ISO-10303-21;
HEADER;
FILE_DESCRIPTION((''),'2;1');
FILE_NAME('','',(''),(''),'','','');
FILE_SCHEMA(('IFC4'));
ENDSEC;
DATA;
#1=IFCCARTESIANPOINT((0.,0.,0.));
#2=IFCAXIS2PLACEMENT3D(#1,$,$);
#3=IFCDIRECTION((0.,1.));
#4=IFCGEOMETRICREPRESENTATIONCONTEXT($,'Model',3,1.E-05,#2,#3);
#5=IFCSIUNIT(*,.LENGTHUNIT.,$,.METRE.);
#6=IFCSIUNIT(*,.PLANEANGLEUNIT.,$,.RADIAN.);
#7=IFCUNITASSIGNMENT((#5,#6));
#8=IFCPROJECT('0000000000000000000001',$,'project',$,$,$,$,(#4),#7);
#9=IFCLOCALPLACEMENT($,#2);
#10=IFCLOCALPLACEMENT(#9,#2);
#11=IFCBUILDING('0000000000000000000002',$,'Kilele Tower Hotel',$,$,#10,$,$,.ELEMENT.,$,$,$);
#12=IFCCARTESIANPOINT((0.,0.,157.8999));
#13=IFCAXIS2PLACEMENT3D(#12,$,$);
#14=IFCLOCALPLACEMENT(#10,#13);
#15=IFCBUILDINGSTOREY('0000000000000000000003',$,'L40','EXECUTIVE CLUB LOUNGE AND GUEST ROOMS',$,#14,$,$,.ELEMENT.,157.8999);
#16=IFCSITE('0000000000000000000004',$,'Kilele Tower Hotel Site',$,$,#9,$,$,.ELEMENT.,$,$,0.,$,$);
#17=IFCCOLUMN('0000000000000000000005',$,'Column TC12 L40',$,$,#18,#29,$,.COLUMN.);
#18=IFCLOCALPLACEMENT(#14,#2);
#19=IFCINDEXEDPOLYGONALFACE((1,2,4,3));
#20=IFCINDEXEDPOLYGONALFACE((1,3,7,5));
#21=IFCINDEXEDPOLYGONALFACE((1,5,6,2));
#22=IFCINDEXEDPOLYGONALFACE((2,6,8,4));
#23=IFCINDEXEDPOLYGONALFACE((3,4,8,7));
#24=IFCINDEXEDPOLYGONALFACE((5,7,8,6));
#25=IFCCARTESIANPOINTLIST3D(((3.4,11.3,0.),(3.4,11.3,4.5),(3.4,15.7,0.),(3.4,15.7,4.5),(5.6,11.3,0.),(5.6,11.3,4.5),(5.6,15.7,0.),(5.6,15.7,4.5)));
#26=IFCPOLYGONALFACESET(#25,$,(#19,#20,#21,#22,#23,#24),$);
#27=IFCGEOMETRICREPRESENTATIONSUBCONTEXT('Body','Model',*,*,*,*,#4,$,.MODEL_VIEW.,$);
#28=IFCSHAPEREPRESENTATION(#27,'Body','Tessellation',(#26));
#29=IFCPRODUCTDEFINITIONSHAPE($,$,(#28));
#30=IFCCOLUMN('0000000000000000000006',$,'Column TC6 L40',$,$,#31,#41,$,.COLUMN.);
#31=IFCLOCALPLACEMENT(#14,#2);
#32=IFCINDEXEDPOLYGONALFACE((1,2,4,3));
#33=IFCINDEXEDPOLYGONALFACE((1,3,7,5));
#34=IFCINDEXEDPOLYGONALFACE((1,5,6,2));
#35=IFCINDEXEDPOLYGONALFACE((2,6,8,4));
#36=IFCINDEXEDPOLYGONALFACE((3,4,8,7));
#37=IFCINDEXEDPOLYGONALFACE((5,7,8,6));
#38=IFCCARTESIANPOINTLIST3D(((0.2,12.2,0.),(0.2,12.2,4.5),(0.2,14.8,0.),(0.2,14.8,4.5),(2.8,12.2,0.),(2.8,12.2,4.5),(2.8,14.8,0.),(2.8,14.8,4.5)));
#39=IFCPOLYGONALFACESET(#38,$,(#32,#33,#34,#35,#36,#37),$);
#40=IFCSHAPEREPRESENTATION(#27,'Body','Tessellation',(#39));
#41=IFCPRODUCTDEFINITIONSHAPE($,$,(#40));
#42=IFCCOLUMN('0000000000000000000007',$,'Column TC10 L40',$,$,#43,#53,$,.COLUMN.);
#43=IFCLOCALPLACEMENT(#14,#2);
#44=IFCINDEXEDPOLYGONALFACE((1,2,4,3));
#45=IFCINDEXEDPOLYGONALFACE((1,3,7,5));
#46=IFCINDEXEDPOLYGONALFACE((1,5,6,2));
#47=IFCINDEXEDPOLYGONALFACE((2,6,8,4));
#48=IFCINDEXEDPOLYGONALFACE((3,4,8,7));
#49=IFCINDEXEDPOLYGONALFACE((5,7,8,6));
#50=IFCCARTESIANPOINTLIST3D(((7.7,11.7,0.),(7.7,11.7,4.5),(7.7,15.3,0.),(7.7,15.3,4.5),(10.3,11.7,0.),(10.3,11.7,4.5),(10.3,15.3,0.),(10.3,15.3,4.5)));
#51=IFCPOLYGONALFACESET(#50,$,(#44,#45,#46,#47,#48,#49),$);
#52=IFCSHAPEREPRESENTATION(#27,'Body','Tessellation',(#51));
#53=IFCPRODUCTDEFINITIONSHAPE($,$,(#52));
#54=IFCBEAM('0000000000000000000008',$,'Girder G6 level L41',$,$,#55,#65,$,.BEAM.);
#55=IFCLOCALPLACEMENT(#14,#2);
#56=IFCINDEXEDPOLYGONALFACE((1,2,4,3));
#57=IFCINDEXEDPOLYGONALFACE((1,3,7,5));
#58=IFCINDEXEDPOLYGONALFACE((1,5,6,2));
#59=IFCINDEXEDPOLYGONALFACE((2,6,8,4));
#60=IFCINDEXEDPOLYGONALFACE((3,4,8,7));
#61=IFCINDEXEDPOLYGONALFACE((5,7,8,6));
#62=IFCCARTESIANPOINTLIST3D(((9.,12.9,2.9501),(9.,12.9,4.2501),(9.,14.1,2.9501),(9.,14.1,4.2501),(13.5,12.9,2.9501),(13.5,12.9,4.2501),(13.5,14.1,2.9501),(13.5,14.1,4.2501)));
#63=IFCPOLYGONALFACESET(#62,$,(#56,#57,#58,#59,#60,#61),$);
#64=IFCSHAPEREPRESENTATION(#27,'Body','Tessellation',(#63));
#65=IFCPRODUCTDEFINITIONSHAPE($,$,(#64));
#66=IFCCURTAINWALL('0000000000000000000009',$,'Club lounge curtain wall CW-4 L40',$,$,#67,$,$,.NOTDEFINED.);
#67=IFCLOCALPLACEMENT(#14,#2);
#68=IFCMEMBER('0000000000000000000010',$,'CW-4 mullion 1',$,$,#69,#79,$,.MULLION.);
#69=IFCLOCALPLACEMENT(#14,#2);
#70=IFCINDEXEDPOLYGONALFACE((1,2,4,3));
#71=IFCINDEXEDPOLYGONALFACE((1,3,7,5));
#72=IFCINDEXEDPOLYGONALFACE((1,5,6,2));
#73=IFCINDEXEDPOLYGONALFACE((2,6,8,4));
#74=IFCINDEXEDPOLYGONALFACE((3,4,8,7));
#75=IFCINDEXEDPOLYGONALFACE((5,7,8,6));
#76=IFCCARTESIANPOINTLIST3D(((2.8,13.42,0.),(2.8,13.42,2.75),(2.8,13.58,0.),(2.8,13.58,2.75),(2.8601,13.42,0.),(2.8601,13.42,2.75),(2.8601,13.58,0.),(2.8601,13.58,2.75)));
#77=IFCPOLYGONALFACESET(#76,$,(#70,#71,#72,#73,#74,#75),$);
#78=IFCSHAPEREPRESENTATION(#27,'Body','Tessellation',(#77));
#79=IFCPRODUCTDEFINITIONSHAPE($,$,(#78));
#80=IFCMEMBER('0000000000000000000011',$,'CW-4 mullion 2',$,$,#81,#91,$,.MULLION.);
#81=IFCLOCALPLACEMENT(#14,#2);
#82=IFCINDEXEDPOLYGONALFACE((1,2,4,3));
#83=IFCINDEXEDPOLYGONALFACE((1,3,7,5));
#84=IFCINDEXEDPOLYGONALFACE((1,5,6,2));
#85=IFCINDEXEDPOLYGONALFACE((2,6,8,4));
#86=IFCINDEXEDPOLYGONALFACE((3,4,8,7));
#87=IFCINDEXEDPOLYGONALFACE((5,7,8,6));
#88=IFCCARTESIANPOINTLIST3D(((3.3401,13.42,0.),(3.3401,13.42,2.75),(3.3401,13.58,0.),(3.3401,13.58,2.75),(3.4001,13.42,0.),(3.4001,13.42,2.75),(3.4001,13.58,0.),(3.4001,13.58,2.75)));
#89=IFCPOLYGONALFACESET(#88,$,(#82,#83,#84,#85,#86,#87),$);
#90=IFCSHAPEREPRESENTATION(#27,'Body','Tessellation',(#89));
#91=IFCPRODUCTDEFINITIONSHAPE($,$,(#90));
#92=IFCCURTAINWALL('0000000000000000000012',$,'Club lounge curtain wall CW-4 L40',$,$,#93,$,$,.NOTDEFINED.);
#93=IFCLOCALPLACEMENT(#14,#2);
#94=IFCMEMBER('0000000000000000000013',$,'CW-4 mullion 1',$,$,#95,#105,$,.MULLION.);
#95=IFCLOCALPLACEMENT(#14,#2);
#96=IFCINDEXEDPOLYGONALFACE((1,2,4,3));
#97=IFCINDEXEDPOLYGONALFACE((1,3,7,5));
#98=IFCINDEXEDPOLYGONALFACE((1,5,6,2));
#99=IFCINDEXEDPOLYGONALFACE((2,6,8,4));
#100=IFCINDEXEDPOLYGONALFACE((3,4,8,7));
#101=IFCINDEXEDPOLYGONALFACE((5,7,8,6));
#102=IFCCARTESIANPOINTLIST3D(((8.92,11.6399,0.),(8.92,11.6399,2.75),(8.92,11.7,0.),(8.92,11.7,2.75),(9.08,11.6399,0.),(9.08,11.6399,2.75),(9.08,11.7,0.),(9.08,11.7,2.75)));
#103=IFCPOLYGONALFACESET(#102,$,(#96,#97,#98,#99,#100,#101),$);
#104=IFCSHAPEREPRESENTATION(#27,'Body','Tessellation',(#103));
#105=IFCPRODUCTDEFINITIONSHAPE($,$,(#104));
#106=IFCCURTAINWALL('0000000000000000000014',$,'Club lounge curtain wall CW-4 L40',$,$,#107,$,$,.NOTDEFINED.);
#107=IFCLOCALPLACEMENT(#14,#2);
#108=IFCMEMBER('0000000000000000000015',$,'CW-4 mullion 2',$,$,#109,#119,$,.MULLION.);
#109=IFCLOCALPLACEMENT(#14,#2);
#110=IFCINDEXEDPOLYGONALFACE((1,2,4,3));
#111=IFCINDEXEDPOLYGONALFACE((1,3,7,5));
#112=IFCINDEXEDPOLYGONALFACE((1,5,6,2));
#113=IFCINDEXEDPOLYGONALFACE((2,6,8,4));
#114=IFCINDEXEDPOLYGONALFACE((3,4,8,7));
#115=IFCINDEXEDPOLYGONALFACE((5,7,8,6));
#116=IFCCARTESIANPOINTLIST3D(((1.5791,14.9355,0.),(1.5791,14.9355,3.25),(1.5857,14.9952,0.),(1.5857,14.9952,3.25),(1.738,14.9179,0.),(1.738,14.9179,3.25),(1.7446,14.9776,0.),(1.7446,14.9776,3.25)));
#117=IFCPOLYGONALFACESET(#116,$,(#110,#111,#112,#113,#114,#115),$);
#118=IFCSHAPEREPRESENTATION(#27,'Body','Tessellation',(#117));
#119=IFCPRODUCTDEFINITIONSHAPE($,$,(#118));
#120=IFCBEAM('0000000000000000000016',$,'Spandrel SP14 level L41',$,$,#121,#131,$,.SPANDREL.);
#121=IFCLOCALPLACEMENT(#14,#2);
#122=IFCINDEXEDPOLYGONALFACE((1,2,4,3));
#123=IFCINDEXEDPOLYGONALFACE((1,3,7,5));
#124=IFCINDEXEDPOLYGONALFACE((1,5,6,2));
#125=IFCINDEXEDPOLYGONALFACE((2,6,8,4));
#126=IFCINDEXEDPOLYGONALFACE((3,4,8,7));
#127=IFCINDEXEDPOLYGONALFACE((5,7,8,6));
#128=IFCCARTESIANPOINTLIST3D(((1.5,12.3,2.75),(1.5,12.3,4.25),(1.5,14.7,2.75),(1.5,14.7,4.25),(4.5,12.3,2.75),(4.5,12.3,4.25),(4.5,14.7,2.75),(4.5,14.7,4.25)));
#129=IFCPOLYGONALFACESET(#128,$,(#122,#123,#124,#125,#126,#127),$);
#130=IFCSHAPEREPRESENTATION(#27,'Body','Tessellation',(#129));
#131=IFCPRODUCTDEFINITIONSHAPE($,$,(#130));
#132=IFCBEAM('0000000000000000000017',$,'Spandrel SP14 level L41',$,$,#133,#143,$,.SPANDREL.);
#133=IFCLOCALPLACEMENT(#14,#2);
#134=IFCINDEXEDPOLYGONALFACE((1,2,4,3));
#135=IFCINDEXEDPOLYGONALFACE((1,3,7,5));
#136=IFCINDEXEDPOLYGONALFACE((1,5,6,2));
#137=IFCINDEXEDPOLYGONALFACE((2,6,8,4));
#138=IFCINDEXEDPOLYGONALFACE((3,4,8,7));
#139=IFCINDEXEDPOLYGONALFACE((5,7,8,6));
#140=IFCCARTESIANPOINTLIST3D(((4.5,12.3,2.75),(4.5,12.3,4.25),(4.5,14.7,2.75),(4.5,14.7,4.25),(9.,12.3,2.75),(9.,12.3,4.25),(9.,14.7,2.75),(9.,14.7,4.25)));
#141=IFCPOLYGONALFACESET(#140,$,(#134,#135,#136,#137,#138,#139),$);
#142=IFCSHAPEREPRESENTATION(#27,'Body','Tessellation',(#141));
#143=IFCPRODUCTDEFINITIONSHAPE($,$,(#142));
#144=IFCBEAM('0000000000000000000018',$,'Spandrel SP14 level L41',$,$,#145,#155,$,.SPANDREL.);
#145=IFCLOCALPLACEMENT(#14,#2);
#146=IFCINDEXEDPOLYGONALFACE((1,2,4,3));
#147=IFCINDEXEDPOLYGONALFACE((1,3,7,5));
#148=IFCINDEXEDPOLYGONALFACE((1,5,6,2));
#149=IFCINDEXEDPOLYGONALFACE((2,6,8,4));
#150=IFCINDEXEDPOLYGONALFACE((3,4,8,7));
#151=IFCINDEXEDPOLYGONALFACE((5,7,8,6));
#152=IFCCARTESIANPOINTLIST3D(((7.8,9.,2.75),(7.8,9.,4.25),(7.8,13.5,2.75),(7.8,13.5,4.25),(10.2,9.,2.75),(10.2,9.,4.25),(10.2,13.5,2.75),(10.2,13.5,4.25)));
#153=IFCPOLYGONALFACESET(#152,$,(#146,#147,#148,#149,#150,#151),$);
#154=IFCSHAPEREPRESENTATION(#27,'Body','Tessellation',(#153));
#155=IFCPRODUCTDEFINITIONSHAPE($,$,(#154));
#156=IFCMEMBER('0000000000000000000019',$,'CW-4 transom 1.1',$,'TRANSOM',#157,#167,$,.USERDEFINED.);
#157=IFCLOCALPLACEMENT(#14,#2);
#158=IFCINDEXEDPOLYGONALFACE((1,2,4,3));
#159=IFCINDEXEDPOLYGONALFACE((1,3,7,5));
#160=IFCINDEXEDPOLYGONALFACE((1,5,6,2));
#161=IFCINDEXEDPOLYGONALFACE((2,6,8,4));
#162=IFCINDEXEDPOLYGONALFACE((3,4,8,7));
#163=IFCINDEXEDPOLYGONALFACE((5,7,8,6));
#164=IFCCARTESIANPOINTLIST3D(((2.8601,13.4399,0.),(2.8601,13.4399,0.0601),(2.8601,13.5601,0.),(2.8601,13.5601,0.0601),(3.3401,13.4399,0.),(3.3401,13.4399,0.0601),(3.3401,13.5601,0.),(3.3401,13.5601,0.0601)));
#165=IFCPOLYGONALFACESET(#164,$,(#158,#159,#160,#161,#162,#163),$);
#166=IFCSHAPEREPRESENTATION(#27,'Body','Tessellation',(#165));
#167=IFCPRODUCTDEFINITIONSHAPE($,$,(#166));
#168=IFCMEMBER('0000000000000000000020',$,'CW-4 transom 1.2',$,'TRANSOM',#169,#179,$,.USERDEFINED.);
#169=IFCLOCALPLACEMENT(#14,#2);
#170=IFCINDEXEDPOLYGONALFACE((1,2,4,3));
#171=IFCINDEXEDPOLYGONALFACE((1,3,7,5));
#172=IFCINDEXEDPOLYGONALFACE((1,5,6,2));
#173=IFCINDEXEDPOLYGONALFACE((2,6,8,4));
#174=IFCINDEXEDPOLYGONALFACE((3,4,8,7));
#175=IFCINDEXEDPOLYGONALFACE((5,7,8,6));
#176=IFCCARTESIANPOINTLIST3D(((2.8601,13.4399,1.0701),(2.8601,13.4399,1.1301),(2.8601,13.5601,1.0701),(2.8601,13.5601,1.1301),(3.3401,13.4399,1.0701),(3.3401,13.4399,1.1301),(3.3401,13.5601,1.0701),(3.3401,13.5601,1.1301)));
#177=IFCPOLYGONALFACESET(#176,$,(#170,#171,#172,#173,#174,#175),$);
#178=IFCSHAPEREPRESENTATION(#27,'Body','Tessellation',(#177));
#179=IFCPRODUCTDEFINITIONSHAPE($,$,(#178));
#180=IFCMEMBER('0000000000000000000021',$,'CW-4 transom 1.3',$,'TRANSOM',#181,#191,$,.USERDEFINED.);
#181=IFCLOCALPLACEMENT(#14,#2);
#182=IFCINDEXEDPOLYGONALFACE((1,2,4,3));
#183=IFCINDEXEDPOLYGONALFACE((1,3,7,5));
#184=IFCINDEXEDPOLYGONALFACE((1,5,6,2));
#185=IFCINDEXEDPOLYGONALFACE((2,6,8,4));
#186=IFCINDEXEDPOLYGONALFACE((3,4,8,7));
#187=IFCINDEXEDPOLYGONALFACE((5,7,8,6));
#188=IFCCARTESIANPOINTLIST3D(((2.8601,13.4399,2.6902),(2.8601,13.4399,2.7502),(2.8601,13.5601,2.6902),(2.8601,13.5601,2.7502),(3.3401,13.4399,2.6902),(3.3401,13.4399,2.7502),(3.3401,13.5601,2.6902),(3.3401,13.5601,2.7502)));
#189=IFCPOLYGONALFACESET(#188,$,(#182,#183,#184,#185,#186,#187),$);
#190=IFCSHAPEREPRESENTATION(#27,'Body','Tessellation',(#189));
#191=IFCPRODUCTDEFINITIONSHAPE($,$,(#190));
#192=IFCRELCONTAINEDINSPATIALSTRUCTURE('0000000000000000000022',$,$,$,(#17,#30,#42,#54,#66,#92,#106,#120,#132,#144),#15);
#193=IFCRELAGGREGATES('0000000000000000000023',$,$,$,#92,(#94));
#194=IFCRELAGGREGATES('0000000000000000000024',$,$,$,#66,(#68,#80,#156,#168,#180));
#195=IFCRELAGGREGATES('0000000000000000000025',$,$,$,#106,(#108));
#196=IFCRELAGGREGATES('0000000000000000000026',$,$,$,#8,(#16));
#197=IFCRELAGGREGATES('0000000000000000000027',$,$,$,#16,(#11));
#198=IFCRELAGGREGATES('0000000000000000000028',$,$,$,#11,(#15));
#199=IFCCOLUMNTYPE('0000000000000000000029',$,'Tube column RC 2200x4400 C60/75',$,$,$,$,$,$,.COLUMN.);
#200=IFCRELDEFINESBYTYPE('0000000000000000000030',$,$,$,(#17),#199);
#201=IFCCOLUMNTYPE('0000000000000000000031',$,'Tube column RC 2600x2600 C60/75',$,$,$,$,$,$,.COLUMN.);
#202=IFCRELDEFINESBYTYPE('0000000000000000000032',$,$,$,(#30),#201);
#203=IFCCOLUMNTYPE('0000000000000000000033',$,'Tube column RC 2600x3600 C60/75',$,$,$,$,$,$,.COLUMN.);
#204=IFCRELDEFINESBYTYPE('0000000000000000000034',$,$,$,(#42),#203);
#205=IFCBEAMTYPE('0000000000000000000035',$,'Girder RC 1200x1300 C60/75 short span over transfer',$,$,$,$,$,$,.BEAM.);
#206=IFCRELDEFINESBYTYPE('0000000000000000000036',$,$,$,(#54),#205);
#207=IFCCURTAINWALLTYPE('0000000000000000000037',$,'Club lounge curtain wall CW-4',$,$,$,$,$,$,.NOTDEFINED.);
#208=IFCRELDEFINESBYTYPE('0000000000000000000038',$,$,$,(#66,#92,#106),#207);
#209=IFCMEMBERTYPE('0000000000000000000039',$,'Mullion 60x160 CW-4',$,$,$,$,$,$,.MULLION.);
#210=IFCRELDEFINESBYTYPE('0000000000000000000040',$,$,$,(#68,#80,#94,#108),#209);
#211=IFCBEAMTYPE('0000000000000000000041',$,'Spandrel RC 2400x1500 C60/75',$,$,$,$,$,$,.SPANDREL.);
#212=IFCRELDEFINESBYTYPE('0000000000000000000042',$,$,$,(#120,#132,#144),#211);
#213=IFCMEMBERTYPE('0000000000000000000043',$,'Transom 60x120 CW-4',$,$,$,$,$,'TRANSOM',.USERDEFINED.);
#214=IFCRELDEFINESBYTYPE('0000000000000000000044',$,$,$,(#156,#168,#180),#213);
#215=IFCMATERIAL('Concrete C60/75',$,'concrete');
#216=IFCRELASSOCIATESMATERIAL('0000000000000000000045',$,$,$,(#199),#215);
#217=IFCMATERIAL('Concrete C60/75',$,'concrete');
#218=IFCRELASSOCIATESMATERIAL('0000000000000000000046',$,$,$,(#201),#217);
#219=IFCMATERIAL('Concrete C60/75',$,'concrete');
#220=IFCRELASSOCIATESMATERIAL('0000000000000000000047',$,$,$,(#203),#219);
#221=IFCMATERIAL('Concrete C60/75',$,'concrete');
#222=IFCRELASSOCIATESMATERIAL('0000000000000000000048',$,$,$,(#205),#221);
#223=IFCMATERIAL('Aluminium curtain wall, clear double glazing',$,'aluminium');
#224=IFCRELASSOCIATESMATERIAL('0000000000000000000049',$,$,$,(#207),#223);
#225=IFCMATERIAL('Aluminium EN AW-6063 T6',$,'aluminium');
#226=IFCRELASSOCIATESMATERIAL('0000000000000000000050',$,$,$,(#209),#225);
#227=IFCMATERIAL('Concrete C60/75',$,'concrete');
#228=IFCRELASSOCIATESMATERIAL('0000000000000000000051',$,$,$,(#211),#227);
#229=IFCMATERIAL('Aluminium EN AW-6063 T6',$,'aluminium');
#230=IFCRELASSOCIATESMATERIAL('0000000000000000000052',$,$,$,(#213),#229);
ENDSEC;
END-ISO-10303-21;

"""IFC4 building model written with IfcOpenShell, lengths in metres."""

from ifc_helpers import new_model, si_unit, direction, frame, origin, origin_2d, place, context, subcontext, project, spatial, rectangle, extrude, material, material_profile, profile_set, type_object, element, aggregate, save


model = new_model("IFC4")

# Units and contexts
model_context = context("Model", 3, precision=1e-05, world=origin(), true_north=direction((0.0, 1.0)))
body_context = subcontext(model_context, "Body", "Model", "MODEL_VIEW")
ifc_project = project(units=[si_unit("LENGTHUNIT", "METRE"), si_unit("PLANEANGLEUNIT", "RADIAN")], contexts=[model_context])

# Site, building, storey
site_placement = place(None, origin())
site = spatial("IfcSite", under=ifc_project, at=site_placement, Name="Kilele Tower Hotel Site", CompositionType="ELEMENT", RefElevation=0.0)
building_placement = place(site_placement, origin())
building = spatial("IfcBuilding", under=site, at=building_placement, Name="Kilele Tower Hotel", CompositionType="ELEMENT")
storey_placement = place(building_placement, frame((0.0, 0.0, 157.8999)))
storey = spatial("IfcBuildingStorey", under=building, at=storey_placement, Name="L40", Description="EXECUTIVE CLUB LOUNGE AND GUEST ROOMS", CompositionType="ELEMENT", Elevation=157.8999)

# Columns
ifc_material_1 = material(Name="Concrete C60/75", Category="concrete")
ifc_material_profile_1 = material_profile(ifc_material_1, rectangle(XDim=2.2, YDim=4.3999, at=origin_2d()))
ifc_profile_set_1 = profile_set([ifc_material_profile_1], Name="Concrete C60/75")
column_type_1 = type_object("IfcColumnType", Name="Tube column RC 2200x4400 C60/75", PredefinedType="COLUMN", material=ifc_profile_set_1)
column_1_placement = place(storey_placement, frame((4.5, 13.5, 0.0), z_axis=(0.0, 0.0, 1.0), x_axis=(1.0, 0.0, 0.0)))
element("IfcColumn", 1, at=column_1_placement, inside=storey, type_object=column_type_1, Name="Column TC12 L40", PredefinedType="COLUMN", context=body_context, shape_type="SweptSolid", body=[
    extrude(rectangle(XDim=2.2, YDim=4.3999, at=origin_2d()), origin(), (0.0, 0.0, 1.0), 4.5),
])
ifc_material_2 = material(Name="Concrete C60/75", Category="concrete")
ifc_material_profile_2 = material_profile(ifc_material_2, rectangle(XDim=2.6001, YDim=2.6001, at=origin_2d()))
ifc_profile_set_2 = profile_set([ifc_material_profile_2], Name="Concrete C60/75")
column_type_2 = type_object("IfcColumnType", Name="Tube column RC 2600x2600 C60/75", PredefinedType="COLUMN", material=ifc_profile_set_2)
column_2_placement = place(storey_placement, frame((1.5, 13.5, 0.0), z_axis=(0.0, 0.0, 1.0), x_axis=(1.0, 0.0, 0.0)))
element("IfcColumn", 2, at=column_2_placement, inside=storey, type_object=column_type_2, Name="Column TC6 L40", PredefinedType="COLUMN", context=body_context, shape_type="SweptSolid", body=[
    extrude(rectangle(XDim=2.6001, YDim=2.6001, at=origin_2d()), origin(), (0.0, 0.0, 1.0), 4.5),
])
ifc_material_3 = material(Name="Concrete C60/75", Category="concrete")
ifc_material_profile_3 = material_profile(ifc_material_3, rectangle(XDim=2.6001, YDim=3.6001, at=origin_2d()))
ifc_profile_set_3 = profile_set([ifc_material_profile_3], Name="Concrete C60/75")
column_type_3 = type_object("IfcColumnType", Name="Tube column RC 2600x3600 C60/75", PredefinedType="COLUMN", material=ifc_profile_set_3)
column_3_placement = place(storey_placement, frame((9.0, 13.5, 0.0), z_axis=(0.0, 0.0, 1.0), x_axis=(1.0, 0.0, 0.0)))
element("IfcColumn", 3, at=column_3_placement, inside=storey, type_object=column_type_3, Name="Column TC10 L40", PredefinedType="COLUMN", context=body_context, shape_type="SweptSolid", body=[
    extrude(rectangle(XDim=2.6001, YDim=3.6001, at=origin_2d()), origin(), (0.0, 0.0, 1.0), 4.5),
])

# Beam
ifc_material_4 = material(Name="Concrete C60/75", Category="concrete")
ifc_material_profile_4 = material_profile(ifc_material_4, rectangle(XDim=1.2, YDim=1.3, at=origin_2d()))
ifc_profile_set_4 = profile_set([ifc_material_profile_4], Name="Concrete C60/75")
beam_type_1 = type_object("IfcBeamType", Name="Girder RC 1200x1300 C60/75 short span over transfer", PredefinedType="BEAM", material=ifc_profile_set_4)
beam_1_placement = place(storey_placement, frame((9.0, 13.5, 3.6001), z_axis=(1.0, 0.0, 0.0), x_axis=(0.0, 1.0, 0.0)))
element("IfcBeam", 4, at=beam_1_placement, inside=storey, type_object=beam_type_1, Name="Girder G6 level L41", PredefinedType="BEAM", context=body_context, shape_type="SweptSolid", body=[
    extrude(rectangle(XDim=1.2, YDim=1.3, at=origin_2d()), origin(), (0.0, 0.0, 1.0), 4.5),
])

# Curtain wall, members
ifc_material_5 = material(Name="Aluminium curtain wall, clear double glazing", Category="aluminium")
curtain_wall_type = type_object("IfcCurtainWallType", Name="Club lounge curtain wall CW-4", PredefinedType="NOTDEFINED", material=ifc_material_5)
curtain_wall_1_placement = place(storey_placement, origin())
curtain_wall_1 = element("IfcCurtainWall", 5, at=curtain_wall_1_placement, inside=storey, type_object=curtain_wall_type, Name="Club lounge curtain wall CW-4 L40", PredefinedType="NOTDEFINED")
ifc_material_6 = material(Name="Aluminium EN AW-6063 T6", Category="aluminium")
ifc_material_profile_5 = material_profile(ifc_material_6, rectangle(XDim=0.1599, YDim=0.0601, at=origin_2d()))
ifc_profile_set_5 = profile_set([ifc_material_profile_5], Name="Aluminium EN AW-6063 T6")
member_type_1 = type_object("IfcMemberType", Name="Mullion 60x160 CW-4", PredefinedType="MULLION", material=ifc_profile_set_5)
member_1_placement = place(storey_placement, frame((2.8301, 13.5, 0.0), z_axis=(0.0, 0.0, 1.0), x_axis=(0.0, 1.0, 0.0)))
member_1 = element("IfcMember", 6, at=member_1_placement, type_object=member_type_1, Name="CW-4 mullion 1", PredefinedType="MULLION", context=body_context, shape_type="SweptSolid", body=[
    extrude(rectangle(XDim=0.1599, YDim=0.0601, at=origin_2d()), origin(), (0.0, 0.0, 1.0), 2.75),
])
member_2_placement = place(storey_placement, frame((3.3701, 13.5, 0.0), z_axis=(0.0, 0.0, 1.0), x_axis=(0.0, 1.0, 0.0)))
member_2 = element("IfcMember", 7, at=member_2_placement, type_object=member_type_1, Name="CW-4 mullion 2", PredefinedType="MULLION", context=body_context, shape_type="SweptSolid", body=[
    extrude(rectangle(XDim=0.1599, YDim=0.0601, at=origin_2d()), origin(), (0.0, 0.0, 1.0), 2.75),
])

# Curtain walls, members
curtain_wall_2_placement = place(storey_placement, origin())
curtain_wall_2 = element("IfcCurtainWall", 8, at=curtain_wall_2_placement, inside=storey, type_object=curtain_wall_type, Name="Club lounge curtain wall CW-4 L40", PredefinedType="NOTDEFINED")
member_3_placement = place(storey_placement, frame((9.0, 11.6699, 0.0), z_axis=(0.0, 0.0, 1.0), x_axis=(1.0, 0.0, 0.0)))
member_3 = element("IfcMember", 9, at=member_3_placement, type_object=member_type_1, Name="CW-4 mullion 1", PredefinedType="MULLION", context=body_context, shape_type="SweptSolid", body=[
    extrude(rectangle(XDim=0.1599, YDim=0.0601, at=origin_2d()), origin(), (0.0, 0.0, 1.0), 2.75),
])
aggregate(curtain_wall_2, [member_3])
curtain_wall_3_placement = place(storey_placement, origin())
curtain_wall_3 = element("IfcCurtainWall", 10, at=curtain_wall_3_placement, inside=storey, type_object=curtain_wall_type, Name="Club lounge curtain wall CW-4 L40", PredefinedType="NOTDEFINED")
member_4_placement = place(storey_placement, frame((1.6619, 14.9565, 0.0), z_axis=(0.0, 0.0, 1.0), x_axis=(0.993884, -0.110432, 0.0)))
member_4 = element("IfcMember", 11, at=member_4_placement, type_object=member_type_1, Name="CW-4 mullion 2", PredefinedType="MULLION", context=body_context, shape_type="SweptSolid", body=[
    extrude(rectangle(XDim=0.1599, YDim=0.0601, at=origin_2d()), origin(), (0.0, 0.0, 1.0), 3.25),
])

# Beams
ifc_material_7 = material(Name="Concrete C60/75", Category="concrete")
ifc_material_profile_6 = material_profile(ifc_material_7, rectangle(XDim=2.3999, YDim=1.5, at=origin_2d()))
ifc_profile_set_6 = profile_set([ifc_material_profile_6], Name="Concrete C60/75")
beam_type_2 = type_object("IfcBeamType", Name="Spandrel RC 2400x1500 C60/75", PredefinedType="SPANDREL", material=ifc_profile_set_6)
beam_2_placement = place(storey_placement, frame((1.5, 13.5, 3.5), z_axis=(1.0, 0.0, 0.0), x_axis=(0.0, 1.0, 0.0)))
element("IfcBeam", 12, at=beam_2_placement, inside=storey, type_object=beam_type_2, Name="Spandrel SP14 level L41", PredefinedType="SPANDREL", context=body_context, shape_type="SweptSolid", body=[
    extrude(rectangle(XDim=2.3999, YDim=1.5, at=origin_2d()), origin(), (0.0, 0.0, 1.0), 3.0),
])
for number, where, z_axis, x_axis, name in (
    (13, (4.5, 13.5, 3.5), (1.0, 0.0, 0.0), (0.0, 1.0, 0.0), "Spandrel SP14 level L41"),
    (14, (9.0, 13.5, 3.5), (0.0, -1.0, 0.0), (1.0, 0.0, 0.0), "Spandrel SP14 level L41"),
):
    element("IfcBeam", number, at=place(storey_placement, frame(where, z_axis=z_axis, x_axis=x_axis)), inside=storey, type_object=beam_type_2, Name=name, PredefinedType="SPANDREL", context=body_context, shape_type="SweptSolid", body=[
        extrude(rectangle(XDim=2.3999, YDim=1.5, at=origin_2d()), origin(), (0.0, 0.0, 1.0), 4.5),
    ])

# Members
ifc_material_8 = material(Name="Aluminium EN AW-6063 T6", Category="aluminium")
ifc_material_profile_7 = material_profile(ifc_material_8, rectangle(XDim=0.1201, YDim=0.0601, at=origin_2d()))
ifc_profile_set_7 = profile_set([ifc_material_profile_7], Name="Aluminium EN AW-6063 T6")
member_type_2 = type_object("IfcMemberType", Name="Transom 60x120 CW-4", ElementType="TRANSOM", PredefinedType="USERDEFINED", material=ifc_profile_set_7)
member_5_placement = place(storey_placement, frame((2.8601, 13.5, 0.03), z_axis=(1.0, 0.0, 0.0), x_axis=(0.0, 1.0, 0.0)))
member_5 = element("IfcMember", 15, at=member_5_placement, type_object=member_type_2, Name="CW-4 transom 1.1", ObjectType="TRANSOM", PredefinedType="USERDEFINED", context=body_context, shape_type="SweptSolid", body=[
    extrude(rectangle(XDim=0.1201, YDim=0.0601, at=origin_2d()), origin(), (0.0, 0.0, 1.0), 0.48),
])
member_6_placement = place(storey_placement, frame((2.8601, 13.5, 1.1001), z_axis=(1.0, 0.0, 0.0), x_axis=(0.0, 1.0, 0.0)))
member_6 = element("IfcMember", 16, at=member_6_placement, type_object=member_type_2, Name="CW-4 transom 1.2", ObjectType="TRANSOM", PredefinedType="USERDEFINED", context=body_context, shape_type="SweptSolid", body=[
    extrude(rectangle(XDim=0.1201, YDim=0.0601, at=origin_2d()), origin(), (0.0, 0.0, 1.0), 0.48),
])
member_7_placement = place(storey_placement, frame((2.8601, 13.5, 2.7202), z_axis=(1.0, 0.0, 0.0), x_axis=(0.0, 1.0, 0.0)))
member_7 = element("IfcMember", 17, at=member_7_placement, type_object=member_type_2, Name="CW-4 transom 1.3", ObjectType="TRANSOM", PredefinedType="USERDEFINED", context=body_context, shape_type="SweptSolid", body=[
    extrude(rectangle(XDim=0.1201, YDim=0.0601, at=origin_2d()), origin(), (0.0, 0.0, 1.0), 0.48),
])

aggregate(curtain_wall_1, [member_1, member_2, member_5, member_6, member_7])
aggregate(curtain_wall_3, [member_4])

save(model, "model.ifc")
